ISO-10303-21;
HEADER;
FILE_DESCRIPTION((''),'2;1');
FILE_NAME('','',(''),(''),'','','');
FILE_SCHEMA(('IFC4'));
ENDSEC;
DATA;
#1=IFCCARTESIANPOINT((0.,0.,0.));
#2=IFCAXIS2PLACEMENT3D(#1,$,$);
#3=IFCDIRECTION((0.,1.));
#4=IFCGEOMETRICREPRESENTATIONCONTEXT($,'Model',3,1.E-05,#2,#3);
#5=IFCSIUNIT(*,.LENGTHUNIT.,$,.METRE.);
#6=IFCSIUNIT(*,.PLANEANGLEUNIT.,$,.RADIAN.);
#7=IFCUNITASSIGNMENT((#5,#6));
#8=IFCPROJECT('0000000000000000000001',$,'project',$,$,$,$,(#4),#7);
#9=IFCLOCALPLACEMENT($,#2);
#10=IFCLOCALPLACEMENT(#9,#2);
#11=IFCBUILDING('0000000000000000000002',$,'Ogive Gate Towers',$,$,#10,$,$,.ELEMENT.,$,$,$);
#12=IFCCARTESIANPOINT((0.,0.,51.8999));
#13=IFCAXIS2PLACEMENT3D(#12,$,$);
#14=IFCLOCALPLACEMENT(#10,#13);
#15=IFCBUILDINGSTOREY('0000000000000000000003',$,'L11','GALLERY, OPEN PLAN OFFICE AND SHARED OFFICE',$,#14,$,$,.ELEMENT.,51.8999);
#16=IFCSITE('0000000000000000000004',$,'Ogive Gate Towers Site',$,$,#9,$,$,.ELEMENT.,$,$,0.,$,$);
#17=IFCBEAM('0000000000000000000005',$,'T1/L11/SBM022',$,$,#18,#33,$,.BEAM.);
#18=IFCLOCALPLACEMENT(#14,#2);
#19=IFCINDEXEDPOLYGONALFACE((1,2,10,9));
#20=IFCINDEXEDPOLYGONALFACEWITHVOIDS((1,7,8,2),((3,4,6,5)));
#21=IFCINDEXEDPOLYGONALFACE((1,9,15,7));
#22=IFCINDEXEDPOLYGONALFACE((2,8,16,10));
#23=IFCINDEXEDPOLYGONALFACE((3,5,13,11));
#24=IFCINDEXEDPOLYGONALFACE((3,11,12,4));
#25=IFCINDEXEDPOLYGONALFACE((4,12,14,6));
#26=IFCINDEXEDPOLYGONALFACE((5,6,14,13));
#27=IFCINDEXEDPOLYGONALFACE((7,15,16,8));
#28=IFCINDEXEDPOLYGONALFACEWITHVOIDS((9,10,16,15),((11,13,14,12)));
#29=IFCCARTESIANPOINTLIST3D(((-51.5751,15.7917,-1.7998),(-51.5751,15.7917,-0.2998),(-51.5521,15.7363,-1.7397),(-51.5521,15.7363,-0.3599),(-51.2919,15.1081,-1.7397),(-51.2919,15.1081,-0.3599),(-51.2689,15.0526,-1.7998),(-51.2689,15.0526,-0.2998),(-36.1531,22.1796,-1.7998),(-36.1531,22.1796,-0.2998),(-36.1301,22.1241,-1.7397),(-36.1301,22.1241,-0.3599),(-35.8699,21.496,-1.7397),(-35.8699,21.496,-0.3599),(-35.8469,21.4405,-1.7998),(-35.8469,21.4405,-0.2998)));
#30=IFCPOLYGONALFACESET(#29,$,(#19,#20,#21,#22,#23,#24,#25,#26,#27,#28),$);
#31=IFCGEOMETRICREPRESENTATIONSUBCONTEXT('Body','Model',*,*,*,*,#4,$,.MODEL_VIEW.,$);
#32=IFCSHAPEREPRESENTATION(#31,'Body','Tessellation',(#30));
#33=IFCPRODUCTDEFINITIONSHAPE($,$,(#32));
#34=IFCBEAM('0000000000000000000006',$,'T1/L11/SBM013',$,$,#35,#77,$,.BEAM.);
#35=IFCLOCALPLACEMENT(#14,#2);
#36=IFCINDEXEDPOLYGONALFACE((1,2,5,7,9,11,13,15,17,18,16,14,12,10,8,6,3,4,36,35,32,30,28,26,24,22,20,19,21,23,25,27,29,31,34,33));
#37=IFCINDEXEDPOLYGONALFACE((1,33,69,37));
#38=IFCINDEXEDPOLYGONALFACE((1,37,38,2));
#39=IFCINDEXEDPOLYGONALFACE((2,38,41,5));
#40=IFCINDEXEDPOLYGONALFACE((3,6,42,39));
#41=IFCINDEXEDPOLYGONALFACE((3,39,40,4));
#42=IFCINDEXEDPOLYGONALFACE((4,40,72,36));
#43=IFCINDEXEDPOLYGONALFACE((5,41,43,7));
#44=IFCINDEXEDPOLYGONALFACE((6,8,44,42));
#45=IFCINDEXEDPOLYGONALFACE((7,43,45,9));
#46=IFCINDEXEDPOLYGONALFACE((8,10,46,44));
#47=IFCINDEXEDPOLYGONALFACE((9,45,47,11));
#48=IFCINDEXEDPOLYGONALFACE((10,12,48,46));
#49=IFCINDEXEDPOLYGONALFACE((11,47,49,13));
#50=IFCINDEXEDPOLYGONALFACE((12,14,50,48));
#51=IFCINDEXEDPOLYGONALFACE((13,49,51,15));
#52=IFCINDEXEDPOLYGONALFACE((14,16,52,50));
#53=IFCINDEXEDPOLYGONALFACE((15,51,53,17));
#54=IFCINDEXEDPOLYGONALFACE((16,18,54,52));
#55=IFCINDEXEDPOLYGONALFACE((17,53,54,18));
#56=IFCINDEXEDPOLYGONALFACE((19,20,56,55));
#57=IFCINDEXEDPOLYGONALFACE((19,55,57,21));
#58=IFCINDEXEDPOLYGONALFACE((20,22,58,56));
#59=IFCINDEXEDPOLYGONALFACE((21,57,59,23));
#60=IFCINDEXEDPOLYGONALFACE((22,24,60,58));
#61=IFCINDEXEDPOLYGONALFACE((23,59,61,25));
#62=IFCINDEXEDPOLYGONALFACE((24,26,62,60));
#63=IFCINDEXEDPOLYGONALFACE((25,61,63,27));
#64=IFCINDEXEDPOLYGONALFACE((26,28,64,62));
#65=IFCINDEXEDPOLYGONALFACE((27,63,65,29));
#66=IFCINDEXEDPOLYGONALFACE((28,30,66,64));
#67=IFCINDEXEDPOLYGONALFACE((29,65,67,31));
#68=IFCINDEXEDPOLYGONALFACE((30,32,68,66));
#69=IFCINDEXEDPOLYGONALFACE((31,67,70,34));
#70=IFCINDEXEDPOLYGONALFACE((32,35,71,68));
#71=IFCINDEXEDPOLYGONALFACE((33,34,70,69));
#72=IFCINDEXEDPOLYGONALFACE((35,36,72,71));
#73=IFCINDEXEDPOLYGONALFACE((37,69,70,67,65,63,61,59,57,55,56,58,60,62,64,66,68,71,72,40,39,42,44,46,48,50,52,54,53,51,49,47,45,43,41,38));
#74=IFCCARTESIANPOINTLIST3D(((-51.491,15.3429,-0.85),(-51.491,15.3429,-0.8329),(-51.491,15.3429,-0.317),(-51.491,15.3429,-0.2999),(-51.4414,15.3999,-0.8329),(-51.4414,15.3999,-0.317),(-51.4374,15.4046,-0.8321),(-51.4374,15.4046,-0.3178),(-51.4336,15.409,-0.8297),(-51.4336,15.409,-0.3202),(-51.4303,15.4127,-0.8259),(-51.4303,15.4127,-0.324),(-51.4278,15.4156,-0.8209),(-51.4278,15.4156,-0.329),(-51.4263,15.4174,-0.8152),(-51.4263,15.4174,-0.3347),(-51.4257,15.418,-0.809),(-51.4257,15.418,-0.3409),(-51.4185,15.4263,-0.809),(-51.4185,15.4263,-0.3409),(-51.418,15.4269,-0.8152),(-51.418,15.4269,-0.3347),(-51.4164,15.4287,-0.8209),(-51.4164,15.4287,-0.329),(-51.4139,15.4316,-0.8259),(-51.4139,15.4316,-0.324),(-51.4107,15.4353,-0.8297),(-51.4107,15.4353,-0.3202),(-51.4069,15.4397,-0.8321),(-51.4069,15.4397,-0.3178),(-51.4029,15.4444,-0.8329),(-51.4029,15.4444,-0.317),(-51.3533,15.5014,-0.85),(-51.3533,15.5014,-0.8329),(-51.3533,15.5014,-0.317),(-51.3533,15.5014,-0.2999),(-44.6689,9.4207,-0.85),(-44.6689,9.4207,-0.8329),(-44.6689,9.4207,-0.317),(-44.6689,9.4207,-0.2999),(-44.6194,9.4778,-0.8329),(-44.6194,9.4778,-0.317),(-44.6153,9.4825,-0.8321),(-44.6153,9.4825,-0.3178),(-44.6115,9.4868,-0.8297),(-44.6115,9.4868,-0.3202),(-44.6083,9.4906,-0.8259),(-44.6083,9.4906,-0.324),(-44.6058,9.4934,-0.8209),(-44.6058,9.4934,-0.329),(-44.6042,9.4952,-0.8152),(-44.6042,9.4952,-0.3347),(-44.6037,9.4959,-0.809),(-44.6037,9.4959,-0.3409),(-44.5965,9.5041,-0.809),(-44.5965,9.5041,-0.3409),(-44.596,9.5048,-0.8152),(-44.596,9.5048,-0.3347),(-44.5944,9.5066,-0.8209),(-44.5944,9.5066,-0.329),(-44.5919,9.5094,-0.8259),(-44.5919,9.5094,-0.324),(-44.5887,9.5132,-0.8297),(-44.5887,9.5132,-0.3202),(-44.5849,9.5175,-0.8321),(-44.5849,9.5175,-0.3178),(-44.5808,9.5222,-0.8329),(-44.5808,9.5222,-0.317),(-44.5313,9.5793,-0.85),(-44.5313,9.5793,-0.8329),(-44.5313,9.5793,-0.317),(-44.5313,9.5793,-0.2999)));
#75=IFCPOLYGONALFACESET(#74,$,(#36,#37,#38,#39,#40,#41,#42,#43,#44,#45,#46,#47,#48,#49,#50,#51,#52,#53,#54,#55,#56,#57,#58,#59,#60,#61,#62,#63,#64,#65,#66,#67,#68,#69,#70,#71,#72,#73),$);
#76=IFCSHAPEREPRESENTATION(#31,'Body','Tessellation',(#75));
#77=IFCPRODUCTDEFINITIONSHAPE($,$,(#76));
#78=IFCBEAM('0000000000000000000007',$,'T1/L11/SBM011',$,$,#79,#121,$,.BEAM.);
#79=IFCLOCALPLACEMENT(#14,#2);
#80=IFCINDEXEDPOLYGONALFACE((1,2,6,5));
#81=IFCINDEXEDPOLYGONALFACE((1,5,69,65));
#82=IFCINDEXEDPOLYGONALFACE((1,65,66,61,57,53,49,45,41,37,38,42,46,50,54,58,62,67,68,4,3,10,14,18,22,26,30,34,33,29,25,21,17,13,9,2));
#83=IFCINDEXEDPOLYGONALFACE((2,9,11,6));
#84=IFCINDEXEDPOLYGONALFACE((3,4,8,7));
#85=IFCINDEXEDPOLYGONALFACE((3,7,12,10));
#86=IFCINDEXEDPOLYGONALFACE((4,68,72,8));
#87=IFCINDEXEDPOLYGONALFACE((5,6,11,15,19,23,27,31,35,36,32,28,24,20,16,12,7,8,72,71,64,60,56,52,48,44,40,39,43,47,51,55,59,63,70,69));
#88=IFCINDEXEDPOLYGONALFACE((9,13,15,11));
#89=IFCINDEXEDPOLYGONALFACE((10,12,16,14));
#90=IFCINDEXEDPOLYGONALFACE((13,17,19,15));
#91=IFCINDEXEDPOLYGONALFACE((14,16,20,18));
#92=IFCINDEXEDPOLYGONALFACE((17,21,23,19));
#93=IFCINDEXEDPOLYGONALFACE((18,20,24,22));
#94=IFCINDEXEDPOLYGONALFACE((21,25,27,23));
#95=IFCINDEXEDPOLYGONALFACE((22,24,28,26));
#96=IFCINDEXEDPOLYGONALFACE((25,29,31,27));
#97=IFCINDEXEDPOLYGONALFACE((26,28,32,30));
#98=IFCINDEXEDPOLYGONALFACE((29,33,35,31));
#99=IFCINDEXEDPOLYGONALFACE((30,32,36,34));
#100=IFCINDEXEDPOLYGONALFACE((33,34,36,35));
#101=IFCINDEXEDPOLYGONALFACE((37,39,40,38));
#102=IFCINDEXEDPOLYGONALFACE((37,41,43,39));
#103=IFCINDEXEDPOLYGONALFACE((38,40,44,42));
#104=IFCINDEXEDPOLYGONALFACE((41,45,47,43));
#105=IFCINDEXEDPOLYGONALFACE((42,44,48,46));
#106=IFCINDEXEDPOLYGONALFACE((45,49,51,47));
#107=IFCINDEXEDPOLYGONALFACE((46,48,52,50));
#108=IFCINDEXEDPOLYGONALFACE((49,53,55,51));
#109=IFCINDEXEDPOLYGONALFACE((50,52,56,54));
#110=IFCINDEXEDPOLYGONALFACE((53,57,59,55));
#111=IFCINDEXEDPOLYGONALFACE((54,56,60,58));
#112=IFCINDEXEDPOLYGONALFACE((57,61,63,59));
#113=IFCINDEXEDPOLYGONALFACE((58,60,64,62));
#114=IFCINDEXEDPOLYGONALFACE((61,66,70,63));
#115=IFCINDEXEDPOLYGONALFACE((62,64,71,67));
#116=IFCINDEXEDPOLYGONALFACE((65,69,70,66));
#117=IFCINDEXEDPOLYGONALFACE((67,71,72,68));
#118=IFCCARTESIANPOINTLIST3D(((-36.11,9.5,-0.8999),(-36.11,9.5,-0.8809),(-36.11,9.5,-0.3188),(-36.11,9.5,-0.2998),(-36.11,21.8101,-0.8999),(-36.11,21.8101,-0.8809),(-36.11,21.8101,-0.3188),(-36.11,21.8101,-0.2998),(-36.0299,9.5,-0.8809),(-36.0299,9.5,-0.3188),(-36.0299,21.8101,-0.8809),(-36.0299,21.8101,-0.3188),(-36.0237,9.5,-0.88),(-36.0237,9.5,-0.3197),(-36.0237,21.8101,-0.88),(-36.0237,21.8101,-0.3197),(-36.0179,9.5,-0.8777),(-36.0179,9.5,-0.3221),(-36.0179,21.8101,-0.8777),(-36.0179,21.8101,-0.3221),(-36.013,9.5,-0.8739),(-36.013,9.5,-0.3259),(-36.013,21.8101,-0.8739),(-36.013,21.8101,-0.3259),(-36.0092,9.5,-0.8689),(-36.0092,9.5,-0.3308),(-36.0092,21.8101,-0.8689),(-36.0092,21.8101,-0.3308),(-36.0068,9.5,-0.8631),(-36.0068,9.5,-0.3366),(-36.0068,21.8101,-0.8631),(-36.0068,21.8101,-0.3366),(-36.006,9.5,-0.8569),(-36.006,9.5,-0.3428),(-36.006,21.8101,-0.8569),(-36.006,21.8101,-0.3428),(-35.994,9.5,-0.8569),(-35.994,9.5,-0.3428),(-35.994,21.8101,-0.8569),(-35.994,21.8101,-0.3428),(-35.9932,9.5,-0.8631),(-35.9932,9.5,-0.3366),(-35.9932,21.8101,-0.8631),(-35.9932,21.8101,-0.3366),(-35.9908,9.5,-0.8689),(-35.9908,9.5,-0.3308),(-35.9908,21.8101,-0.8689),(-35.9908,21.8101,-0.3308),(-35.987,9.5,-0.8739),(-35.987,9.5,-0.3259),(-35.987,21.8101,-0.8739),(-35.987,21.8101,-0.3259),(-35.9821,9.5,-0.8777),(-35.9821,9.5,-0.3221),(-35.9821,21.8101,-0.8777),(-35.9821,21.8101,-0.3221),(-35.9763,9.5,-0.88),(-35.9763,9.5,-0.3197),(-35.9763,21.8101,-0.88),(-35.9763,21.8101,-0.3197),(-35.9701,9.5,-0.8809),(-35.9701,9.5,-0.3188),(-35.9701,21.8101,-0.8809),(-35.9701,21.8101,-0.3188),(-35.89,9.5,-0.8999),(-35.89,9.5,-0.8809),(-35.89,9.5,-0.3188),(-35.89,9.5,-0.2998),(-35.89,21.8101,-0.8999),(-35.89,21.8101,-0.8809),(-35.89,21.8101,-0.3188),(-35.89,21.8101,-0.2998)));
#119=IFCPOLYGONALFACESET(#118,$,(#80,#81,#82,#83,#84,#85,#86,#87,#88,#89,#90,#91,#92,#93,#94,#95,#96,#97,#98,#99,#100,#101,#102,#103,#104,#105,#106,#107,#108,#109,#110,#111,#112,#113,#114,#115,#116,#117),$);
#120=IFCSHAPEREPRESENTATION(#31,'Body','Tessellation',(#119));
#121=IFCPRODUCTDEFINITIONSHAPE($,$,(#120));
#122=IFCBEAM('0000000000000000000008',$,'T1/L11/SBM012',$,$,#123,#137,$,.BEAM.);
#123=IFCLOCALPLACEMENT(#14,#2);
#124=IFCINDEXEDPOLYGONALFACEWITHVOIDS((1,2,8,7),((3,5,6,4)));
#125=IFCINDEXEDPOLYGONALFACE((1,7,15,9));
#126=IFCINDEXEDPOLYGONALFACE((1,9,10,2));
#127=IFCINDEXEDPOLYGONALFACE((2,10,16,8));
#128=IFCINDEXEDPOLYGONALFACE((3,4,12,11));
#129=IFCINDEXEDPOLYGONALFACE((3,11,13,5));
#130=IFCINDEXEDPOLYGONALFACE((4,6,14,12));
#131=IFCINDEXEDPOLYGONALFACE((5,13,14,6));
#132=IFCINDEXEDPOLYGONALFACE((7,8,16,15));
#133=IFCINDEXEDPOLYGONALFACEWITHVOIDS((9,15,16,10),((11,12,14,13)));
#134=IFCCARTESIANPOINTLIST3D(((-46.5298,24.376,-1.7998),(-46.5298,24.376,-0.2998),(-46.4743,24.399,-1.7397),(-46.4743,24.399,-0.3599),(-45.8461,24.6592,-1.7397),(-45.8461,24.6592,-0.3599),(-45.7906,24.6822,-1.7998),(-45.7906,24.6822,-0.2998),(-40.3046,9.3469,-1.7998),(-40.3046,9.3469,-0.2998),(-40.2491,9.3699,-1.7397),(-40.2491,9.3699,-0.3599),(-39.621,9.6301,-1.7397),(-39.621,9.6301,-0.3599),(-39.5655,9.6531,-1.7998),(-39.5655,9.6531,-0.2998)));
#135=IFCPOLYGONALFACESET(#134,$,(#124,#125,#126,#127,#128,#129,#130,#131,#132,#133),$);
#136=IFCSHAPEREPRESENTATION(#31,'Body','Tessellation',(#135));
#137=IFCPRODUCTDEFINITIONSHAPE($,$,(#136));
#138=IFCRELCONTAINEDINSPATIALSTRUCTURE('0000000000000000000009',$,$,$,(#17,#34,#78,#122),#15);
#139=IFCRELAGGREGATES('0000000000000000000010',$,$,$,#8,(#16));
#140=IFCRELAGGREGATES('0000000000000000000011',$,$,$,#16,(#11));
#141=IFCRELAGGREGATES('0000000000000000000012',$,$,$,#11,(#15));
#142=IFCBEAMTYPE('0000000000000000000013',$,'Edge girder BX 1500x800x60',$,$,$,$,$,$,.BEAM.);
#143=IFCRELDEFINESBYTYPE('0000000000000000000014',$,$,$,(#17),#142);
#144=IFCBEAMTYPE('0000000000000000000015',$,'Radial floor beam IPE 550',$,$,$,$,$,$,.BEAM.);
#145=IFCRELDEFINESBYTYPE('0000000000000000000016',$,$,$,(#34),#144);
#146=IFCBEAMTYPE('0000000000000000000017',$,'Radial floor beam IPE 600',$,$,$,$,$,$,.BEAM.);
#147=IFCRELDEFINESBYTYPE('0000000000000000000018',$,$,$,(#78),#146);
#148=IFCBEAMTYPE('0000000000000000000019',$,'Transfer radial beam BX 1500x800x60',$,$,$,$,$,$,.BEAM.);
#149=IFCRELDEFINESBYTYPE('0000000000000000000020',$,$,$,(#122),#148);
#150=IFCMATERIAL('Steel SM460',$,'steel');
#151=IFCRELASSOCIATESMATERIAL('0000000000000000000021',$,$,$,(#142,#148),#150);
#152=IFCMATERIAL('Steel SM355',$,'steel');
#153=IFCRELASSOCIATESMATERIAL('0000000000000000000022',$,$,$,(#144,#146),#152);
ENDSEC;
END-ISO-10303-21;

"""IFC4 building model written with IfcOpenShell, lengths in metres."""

from ifc_helpers import new_model, si_unit, direction, frame, origin, origin_2d, place, context, subcontext, project, spatial, hollow_rectangle, i_section, extrude, material, material_profile, profile_set, type_object, element, save


model = new_model("IFC4")

# Units and contexts
model_context = context("Model", 3, precision=1e-05, world=origin(), true_north=direction((0.0, 1.0)))
body_context = subcontext(model_context, "Body", "Model", "MODEL_VIEW")
ifc_project = project(units=[si_unit("LENGTHUNIT", "METRE"), si_unit("PLANEANGLEUNIT", "RADIAN")], contexts=[model_context])

# Site, building, storey
site_placement = place(None, origin())
site = spatial("IfcSite", under=ifc_project, at=site_placement, Name="Ogive Gate Towers Site", CompositionType="ELEMENT", RefElevation=0.0)
building_placement = place(site_placement, origin())
building = spatial("IfcBuilding", under=site, at=building_placement, Name="Ogive Gate Towers", CompositionType="ELEMENT")
storey_placement = place(building_placement, frame((0.0, 0.0, 51.8999)))
storey = spatial("IfcBuildingStorey", under=building, at=storey_placement, Name="L11", Description="GALLERY, OPEN PLAN OFFICE AND SHARED OFFICE", CompositionType="ELEMENT", Elevation=51.8999)

# Beams
ifc_material_1 = material(Name="Steel SM460", Category="steel")
ifc_material_profile_1 = material_profile(ifc_material_1, hollow_rectangle(XDim=0.8, YDim=1.5, WallThickness=0.0601, at=origin_2d()), Name="BX 1500x800x60")
ifc_profile_set_1 = profile_set([ifc_material_profile_1], Name="Steel SM460")
beam_type_1 = type_object("IfcBeamType", Name="Edge girder BX 1500x800x60", PredefinedType="BEAM", material=ifc_profile_set_1)
beam_1_placement = place(storey_placement, frame((-36.0, 21.8101, -1.0498), z_axis=(-0.923882, -0.382678, 0.0), x_axis=(0.382678, -0.923882, 0.0)))
element("IfcBeam", 1, at=beam_1_placement, inside=storey, type_object=beam_type_1, Name="T1/L11/SBM022", PredefinedType="BEAM", context=body_context, shape_type="SweptSolid", body=[
    extrude(hollow_rectangle(XDim=0.8, YDim=1.5, WallThickness=0.0601, at=origin_2d()), origin(), (0.0, 0.0, 1.0), 16.6926),
])
ifc_material_2 = material(Name="Steel SM355", Category="steel")
ifc_material_profile_2 = material_profile(ifc_material_2, i_section(OverallWidth=0.21, OverallDepth=0.55, WebThickness=0.011, FlangeThickness=0.0171, FilletRadius=0.0239, at=origin_2d()), Name="IPE 550")
ifc_profile_set_2 = profile_set([ifc_material_profile_2], Name="Steel SM355")
beam_type_2 = type_object("IfcBeamType", Name="Radial floor beam IPE 550", PredefinedType="BEAM", material=ifc_profile_set_2)
beam_2_placement = place(storey_placement, frame((-44.6001, 9.5, -0.575), z_axis=(-0.755157, 0.655544, 0.0), x_axis=(-0.655544, -0.755157, 0.0)))
element("IfcBeam", 2, at=beam_2_placement, inside=storey, type_object=beam_type_2, Name="T1/L11/SBM013", PredefinedType="BEAM", context=body_context, shape_type="SweptSolid", body=[
    extrude(i_section(OverallWidth=0.21, OverallDepth=0.55, WebThickness=0.011, FlangeThickness=0.0171, FilletRadius=0.0239, at=origin_2d()), origin(), (0.0, 0.0, 1.0), 9.0339),
])
ifc_material_profile_3 = material_profile(ifc_material_2, i_section(OverallWidth=0.22, OverallDepth=0.6001, WebThickness=0.012, FlangeThickness=0.019, FilletRadius=0.0239, at=origin_2d()), Name="IPE 600")
ifc_profile_set_3 = profile_set([ifc_material_profile_3], Name="Steel SM355")
beam_type_3 = type_object("IfcBeamType", Name="Radial floor beam IPE 600", PredefinedType="BEAM", material=ifc_profile_set_3)
beam_3_placement = place(storey_placement, frame((-36.0, 9.5, -0.5999), z_axis=(0.0, 1.0, 0.0), x_axis=(-1.0, 0.0, 0.0)))
element("IfcBeam", 3, at=beam_3_placement, inside=storey, type_object=beam_type_3, Name="T1/L11/SBM011", PredefinedType="BEAM", context=body_context, shape_type="SweptSolid", body=[
    extrude(i_section(OverallWidth=0.22, OverallDepth=0.6001, WebThickness=0.012, FlangeThickness=0.019, FilletRadius=0.0239, at=origin_2d()), origin(), (0.0, 0.0, 1.0), 12.3101),
])
ifc_material_profile_4 = material_profile(ifc_material_1, hollow_rectangle(XDim=0.8, YDim=1.5, WallThickness=0.0601, at=origin_2d()), Name="BX 1500x800x60")
ifc_profile_set_4 = profile_set([ifc_material_profile_4], Name="Steel SM460")
beam_type_4 = type_object("IfcBeamType", Name="Transfer radial beam BX 1500x800x60", PredefinedType="BEAM", material=ifc_profile_set_4)
beam_4_placement = place(storey_placement, frame((-39.9351, 9.5, -1.0498), z_axis=(-0.382676, 0.923883, 0.0), x_axis=(-0.923883, -0.382676, 0.0)))
element("IfcBeam", 4, at=beam_4_placement, inside=storey, type_object=beam_type_4, Name="T1/L11/SBM012", PredefinedType="BEAM", context=body_context, shape_type="SweptSolid", body=[
    extrude(hollow_rectangle(XDim=0.8, YDim=1.5, WallThickness=0.0601, at=origin_2d()), origin(), (0.0, 0.0, 1.0), 16.2673),
])

save(model, "model.ifc")
